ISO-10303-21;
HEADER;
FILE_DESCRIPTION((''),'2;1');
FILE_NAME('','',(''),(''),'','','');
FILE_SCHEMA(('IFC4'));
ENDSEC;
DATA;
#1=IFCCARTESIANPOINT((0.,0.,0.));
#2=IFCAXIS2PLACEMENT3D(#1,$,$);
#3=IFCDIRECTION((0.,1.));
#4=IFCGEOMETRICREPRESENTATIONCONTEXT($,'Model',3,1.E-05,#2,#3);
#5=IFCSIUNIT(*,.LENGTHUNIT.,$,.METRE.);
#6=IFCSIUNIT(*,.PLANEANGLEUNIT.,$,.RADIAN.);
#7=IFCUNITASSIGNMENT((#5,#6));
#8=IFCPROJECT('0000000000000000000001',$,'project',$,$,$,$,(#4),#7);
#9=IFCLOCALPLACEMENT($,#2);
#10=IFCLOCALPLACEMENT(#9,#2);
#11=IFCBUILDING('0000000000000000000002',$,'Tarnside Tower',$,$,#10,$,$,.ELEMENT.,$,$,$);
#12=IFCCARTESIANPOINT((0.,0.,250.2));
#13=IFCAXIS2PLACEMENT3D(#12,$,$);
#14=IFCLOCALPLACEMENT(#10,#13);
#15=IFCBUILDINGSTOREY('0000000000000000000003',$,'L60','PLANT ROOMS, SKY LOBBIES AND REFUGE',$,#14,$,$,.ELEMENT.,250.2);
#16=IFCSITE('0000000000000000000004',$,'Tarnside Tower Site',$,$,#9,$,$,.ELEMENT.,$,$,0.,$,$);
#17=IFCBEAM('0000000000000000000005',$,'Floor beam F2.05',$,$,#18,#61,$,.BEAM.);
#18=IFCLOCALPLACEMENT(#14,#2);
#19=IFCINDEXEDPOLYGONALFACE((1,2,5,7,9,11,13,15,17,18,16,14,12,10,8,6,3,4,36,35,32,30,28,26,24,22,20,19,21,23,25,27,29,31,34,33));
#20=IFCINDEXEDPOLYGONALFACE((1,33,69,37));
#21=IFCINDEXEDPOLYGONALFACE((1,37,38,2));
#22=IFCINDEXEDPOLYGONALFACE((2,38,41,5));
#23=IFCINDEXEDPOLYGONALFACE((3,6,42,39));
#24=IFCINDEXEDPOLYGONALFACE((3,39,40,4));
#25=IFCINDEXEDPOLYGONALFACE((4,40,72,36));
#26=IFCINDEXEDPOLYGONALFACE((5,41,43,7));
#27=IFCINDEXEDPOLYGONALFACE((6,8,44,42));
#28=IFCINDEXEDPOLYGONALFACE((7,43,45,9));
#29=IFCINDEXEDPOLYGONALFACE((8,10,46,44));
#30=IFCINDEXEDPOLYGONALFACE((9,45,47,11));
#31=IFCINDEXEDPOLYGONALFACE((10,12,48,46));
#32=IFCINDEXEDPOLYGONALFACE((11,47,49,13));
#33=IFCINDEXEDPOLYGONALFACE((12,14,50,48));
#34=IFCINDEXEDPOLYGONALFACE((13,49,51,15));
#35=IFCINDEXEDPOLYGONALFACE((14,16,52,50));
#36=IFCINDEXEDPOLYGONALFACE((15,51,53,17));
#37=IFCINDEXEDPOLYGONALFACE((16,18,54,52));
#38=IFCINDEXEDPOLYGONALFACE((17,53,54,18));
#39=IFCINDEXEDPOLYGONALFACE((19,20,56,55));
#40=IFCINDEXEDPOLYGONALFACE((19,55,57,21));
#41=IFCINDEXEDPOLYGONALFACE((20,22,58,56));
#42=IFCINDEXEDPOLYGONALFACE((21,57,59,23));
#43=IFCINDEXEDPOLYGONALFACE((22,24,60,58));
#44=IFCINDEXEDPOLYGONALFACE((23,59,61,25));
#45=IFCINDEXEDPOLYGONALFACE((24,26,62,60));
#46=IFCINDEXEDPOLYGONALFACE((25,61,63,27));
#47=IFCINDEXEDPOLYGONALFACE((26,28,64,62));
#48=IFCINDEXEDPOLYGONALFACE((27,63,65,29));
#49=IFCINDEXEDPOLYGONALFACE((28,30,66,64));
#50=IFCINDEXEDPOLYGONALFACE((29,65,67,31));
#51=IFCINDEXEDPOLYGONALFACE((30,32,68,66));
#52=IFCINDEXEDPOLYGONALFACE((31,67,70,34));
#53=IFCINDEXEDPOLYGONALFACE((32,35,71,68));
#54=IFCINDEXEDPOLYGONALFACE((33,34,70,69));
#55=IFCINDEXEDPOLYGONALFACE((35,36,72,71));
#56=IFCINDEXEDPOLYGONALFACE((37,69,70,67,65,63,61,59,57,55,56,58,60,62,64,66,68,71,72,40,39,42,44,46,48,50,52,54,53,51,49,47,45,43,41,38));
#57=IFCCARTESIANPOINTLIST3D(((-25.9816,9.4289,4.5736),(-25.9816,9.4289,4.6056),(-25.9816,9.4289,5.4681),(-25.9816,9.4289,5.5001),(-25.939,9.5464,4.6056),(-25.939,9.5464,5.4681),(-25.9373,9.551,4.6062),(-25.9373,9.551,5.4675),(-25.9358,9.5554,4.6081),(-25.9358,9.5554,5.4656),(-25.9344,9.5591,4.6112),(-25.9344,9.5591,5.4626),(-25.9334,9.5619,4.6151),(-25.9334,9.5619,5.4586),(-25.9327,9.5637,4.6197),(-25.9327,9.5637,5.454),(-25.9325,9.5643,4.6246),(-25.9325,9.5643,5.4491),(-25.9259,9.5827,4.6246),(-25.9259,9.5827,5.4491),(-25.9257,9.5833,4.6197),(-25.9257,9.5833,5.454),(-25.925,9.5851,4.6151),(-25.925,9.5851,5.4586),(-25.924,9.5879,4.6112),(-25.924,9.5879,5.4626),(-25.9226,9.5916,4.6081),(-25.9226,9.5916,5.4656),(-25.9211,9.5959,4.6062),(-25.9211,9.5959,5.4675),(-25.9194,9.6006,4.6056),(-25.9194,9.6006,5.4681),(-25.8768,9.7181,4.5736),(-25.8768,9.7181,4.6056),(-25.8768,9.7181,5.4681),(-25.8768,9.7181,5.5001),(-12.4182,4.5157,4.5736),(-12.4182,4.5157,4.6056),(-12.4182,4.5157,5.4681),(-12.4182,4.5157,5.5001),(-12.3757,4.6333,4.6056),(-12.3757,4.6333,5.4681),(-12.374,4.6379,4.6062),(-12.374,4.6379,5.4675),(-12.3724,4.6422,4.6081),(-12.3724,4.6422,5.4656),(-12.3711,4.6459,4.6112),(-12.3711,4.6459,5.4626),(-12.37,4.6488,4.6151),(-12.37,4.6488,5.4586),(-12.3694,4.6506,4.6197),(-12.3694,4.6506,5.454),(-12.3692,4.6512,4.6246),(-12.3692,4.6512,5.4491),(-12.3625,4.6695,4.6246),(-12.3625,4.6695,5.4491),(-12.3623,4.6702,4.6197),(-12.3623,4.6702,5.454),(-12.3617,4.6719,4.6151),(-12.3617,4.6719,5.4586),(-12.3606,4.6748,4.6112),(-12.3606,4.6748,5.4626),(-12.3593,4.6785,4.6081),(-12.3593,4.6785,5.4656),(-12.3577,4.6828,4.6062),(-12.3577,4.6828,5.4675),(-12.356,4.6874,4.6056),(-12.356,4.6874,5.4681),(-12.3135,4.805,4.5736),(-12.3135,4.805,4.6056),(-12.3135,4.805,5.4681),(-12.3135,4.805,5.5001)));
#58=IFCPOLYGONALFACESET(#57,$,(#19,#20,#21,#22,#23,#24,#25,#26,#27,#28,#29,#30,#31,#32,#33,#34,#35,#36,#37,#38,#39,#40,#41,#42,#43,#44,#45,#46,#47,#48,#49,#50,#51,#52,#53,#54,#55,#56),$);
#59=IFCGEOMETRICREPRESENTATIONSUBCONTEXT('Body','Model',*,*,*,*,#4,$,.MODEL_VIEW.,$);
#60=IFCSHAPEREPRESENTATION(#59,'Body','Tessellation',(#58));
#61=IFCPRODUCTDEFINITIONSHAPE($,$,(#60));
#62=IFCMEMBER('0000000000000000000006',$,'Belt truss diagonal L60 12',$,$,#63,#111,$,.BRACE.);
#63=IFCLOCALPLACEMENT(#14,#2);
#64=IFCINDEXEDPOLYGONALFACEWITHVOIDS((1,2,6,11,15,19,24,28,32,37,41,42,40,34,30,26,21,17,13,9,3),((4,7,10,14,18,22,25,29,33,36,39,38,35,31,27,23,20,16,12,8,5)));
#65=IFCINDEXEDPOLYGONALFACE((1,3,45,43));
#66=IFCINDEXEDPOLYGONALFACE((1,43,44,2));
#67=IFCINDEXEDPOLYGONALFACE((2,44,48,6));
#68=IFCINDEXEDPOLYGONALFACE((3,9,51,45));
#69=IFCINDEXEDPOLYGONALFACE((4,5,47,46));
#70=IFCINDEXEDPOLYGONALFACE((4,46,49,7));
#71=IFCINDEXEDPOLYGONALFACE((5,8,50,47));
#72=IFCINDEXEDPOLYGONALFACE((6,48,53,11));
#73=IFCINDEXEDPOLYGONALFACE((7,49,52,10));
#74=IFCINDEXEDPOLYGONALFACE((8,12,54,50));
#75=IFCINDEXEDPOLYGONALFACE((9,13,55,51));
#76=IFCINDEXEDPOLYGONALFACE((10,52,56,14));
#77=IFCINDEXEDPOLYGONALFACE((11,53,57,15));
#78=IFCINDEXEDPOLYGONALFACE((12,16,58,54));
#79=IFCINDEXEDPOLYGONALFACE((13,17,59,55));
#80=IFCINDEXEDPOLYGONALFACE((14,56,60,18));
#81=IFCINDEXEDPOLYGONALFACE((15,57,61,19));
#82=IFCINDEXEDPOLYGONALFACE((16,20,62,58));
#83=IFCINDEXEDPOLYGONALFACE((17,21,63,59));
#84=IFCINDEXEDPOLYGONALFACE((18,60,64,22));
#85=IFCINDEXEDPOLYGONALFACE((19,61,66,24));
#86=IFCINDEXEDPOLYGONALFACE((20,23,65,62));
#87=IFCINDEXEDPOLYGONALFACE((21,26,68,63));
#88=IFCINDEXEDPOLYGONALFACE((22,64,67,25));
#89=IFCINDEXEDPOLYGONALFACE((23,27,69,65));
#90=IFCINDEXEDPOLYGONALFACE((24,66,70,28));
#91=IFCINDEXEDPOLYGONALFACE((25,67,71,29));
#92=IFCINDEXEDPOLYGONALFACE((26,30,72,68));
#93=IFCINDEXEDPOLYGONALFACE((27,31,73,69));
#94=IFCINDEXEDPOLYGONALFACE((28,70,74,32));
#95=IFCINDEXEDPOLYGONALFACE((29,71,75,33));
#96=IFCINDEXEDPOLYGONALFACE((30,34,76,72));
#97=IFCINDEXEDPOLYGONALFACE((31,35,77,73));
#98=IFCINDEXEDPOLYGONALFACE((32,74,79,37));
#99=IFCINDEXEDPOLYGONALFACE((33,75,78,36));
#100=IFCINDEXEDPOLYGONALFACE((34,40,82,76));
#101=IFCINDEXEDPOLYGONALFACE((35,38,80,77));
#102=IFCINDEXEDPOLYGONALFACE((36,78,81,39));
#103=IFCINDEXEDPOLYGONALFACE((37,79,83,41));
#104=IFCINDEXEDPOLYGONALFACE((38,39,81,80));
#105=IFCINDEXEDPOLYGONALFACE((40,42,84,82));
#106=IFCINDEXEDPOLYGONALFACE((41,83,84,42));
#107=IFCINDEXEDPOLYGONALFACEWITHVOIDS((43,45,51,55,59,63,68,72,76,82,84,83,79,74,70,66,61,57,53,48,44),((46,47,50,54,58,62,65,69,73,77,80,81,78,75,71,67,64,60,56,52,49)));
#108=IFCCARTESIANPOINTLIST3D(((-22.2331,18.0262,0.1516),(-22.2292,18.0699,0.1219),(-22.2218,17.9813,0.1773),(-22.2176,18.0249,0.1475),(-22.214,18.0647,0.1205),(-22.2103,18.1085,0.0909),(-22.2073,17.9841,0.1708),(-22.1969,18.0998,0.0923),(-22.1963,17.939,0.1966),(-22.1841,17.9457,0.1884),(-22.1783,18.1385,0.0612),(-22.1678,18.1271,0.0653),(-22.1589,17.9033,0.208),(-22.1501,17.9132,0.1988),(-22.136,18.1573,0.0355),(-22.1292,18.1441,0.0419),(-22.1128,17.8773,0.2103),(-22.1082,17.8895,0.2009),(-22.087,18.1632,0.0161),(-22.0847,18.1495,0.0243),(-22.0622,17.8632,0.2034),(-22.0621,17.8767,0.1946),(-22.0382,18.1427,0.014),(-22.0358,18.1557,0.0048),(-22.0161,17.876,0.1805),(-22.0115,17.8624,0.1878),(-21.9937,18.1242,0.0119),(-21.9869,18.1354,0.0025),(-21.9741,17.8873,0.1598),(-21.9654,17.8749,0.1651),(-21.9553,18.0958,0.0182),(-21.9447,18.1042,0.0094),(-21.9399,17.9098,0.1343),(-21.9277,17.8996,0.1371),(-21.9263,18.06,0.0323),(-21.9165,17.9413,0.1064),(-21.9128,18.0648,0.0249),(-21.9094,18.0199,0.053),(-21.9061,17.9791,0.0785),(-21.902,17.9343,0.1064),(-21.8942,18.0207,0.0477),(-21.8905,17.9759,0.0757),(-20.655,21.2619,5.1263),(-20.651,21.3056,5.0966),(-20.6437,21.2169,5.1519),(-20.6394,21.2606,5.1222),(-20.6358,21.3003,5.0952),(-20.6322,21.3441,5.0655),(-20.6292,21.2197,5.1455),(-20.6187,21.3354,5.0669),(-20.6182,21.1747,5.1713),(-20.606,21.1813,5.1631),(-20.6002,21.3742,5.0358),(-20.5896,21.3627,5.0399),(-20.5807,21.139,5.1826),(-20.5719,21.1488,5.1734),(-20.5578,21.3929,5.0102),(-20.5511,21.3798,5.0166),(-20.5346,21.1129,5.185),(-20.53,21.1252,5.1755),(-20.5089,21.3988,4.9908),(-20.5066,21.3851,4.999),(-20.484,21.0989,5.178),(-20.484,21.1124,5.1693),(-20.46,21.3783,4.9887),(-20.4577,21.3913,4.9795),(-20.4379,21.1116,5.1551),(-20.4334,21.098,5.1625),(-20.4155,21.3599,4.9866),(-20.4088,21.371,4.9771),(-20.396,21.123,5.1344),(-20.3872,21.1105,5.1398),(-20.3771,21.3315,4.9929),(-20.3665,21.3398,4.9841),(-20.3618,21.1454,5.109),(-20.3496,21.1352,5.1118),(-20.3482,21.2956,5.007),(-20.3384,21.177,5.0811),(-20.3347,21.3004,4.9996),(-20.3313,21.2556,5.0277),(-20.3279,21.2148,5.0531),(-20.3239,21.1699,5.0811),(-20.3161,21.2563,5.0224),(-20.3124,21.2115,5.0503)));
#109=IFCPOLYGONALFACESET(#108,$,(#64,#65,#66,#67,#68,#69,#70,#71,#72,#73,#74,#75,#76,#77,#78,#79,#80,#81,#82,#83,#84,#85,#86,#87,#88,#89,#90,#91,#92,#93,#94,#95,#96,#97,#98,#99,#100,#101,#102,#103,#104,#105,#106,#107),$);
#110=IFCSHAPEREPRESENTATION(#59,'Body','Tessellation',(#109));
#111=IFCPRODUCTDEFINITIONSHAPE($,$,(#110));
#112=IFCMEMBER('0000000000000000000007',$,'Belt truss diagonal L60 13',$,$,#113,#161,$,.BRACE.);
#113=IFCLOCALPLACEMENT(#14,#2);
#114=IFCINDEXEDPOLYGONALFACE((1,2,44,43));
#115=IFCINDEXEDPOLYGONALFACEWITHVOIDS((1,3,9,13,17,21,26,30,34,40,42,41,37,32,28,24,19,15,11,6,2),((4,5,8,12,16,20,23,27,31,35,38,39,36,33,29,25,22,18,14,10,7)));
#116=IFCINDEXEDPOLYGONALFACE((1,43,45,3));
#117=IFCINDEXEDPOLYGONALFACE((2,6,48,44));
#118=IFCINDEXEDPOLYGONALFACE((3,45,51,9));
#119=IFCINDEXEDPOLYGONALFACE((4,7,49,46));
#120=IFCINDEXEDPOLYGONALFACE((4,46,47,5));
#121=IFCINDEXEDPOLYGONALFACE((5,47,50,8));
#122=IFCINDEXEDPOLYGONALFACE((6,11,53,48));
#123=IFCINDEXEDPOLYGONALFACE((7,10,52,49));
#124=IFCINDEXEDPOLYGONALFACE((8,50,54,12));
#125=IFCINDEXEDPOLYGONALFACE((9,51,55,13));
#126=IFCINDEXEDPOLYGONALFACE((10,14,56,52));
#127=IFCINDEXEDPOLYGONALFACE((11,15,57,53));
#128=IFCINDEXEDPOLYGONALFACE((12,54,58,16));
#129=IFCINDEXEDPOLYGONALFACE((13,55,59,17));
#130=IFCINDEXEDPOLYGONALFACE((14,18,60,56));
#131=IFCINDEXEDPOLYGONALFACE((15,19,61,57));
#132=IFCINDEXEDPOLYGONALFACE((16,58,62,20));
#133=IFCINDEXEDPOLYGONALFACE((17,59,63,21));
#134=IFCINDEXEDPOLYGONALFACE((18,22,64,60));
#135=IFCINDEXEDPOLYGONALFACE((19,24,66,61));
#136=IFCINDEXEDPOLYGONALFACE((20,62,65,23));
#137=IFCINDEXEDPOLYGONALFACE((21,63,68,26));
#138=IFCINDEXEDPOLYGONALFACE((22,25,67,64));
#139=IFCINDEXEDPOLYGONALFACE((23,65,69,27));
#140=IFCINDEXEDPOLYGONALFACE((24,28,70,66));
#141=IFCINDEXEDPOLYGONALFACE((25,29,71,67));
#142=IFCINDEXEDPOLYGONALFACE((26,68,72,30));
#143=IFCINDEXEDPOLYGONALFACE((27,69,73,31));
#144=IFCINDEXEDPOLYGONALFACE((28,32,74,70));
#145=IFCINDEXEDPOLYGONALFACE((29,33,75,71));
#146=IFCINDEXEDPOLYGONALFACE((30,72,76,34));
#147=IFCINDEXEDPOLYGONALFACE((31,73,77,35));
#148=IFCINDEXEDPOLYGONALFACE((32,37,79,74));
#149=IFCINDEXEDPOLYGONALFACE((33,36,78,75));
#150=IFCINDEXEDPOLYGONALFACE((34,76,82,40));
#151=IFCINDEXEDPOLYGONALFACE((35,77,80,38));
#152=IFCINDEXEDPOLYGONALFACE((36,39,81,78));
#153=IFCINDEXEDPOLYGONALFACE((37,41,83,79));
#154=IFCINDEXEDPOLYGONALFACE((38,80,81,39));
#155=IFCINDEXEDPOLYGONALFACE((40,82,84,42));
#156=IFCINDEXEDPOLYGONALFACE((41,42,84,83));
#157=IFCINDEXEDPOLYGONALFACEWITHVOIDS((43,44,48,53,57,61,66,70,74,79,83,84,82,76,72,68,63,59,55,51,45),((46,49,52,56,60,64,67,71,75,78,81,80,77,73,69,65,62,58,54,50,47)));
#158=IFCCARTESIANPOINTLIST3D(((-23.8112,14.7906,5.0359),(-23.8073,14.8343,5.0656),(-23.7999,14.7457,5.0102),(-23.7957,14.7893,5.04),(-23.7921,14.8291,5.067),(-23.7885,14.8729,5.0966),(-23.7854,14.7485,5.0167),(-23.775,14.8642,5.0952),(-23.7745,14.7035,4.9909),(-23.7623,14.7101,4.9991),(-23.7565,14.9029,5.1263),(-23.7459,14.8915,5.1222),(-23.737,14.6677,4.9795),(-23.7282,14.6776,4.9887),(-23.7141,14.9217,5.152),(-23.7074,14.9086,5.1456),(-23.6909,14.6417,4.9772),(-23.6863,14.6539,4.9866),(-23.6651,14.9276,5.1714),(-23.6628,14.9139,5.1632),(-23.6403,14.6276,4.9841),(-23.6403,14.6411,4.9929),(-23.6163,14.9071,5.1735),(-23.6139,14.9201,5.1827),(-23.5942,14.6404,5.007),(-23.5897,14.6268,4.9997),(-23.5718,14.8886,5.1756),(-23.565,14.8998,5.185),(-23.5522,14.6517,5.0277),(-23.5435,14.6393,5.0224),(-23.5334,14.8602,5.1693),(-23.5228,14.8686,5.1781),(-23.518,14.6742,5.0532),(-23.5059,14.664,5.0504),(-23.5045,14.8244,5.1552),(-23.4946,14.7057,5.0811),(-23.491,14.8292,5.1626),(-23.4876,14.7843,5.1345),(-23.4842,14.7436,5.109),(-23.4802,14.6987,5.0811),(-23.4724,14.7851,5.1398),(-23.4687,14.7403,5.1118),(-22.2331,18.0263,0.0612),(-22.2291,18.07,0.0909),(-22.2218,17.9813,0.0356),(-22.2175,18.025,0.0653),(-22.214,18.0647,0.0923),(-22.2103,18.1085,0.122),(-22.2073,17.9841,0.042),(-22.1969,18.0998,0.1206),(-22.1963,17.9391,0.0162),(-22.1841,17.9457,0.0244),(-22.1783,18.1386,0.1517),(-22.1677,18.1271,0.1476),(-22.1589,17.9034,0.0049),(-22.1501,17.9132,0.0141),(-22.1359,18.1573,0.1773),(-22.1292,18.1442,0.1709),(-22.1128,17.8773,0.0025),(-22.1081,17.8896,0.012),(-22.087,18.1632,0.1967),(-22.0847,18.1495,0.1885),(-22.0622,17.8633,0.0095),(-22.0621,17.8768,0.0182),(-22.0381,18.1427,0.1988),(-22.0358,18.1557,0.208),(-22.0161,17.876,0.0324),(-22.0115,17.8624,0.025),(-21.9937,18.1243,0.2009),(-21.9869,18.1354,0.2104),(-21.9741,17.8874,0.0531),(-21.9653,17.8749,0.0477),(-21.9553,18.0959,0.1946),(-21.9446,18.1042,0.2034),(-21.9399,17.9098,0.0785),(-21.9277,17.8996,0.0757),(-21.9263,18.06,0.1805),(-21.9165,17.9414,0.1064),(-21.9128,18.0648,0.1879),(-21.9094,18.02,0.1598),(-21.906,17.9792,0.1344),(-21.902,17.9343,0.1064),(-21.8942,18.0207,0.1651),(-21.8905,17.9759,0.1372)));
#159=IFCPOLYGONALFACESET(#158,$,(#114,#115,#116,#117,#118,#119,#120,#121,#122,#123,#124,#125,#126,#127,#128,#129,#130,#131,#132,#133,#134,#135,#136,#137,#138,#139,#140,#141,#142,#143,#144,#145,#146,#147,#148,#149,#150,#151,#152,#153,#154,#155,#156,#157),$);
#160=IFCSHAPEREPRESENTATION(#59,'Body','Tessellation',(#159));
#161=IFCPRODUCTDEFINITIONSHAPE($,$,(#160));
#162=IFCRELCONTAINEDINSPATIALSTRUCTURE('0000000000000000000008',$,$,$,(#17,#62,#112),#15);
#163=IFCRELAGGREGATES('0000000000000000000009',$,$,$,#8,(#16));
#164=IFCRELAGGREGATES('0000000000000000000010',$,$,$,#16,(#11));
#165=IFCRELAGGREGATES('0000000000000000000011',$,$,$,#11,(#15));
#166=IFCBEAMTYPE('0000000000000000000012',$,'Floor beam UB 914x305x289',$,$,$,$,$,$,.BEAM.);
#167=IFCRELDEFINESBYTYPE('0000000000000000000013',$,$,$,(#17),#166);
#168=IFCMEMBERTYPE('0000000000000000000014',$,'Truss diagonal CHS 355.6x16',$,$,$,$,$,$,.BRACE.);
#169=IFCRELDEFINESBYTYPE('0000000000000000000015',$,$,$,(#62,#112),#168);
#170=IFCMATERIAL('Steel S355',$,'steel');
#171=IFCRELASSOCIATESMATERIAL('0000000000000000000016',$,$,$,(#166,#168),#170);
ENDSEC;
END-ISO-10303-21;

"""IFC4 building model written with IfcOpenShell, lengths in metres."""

from ifc_helpers import new_model, si_unit, direction, frame, origin, origin_2d, place, context, subcontext, project, spatial, hollow_circle, i_section, extrude, material, material_profile, profile_set, type_object, element, save


model = new_model("IFC4")

# Units and contexts
model_context = context("Model", 3, precision=1e-05, world=origin(), true_north=direction((0.0, 1.0)))
body_context = subcontext(model_context, "Body", "Model", "MODEL_VIEW")
ifc_project = project(units=[si_unit("LENGTHUNIT", "METRE"), si_unit("PLANEANGLEUNIT", "RADIAN")], contexts=[model_context])

# Site, building, storey
site_placement = place(None, origin())
site = spatial("IfcSite", under=ifc_project, at=site_placement, Name="Tarnside Tower Site", CompositionType="ELEMENT", RefElevation=0.0)
building_placement = place(site_placement, origin())
building = spatial("IfcBuilding", under=site, at=building_placement, Name="Tarnside Tower", CompositionType="ELEMENT")
storey_placement = place(building_placement, frame((0.0, 0.0, 250.2)))
storey = spatial("IfcBuildingStorey", under=building, at=storey_placement, Name="L60", Description="PLANT ROOMS, SKY LOBBIES AND REFUGE", CompositionType="ELEMENT", Elevation=250.2)

# Beam
ifc_material_1 = material(Name="Steel S355", Category="steel")
ifc_material_profile_1 = material_profile(ifc_material_1, i_section(OverallWidth=0.3076, OverallDepth=0.9265, WebThickness=0.0195, FlangeThickness=0.032, FilletRadius=0.019, at=origin_2d()), Name="UB 914x305x289")
ifc_profile_set_1 = profile_set([ifc_material_profile_1], Name="Steel S355")
beam_type = type_object("IfcBeamType", Name="Floor beam UB 914x305x289", PredefinedType="BEAM", material=ifc_profile_set_1)
beam_1_placement = place(storey_placement, frame((-25.9292, 9.5735, 5.0369), z_axis=(0.940216, -0.34058, 0.0), x_axis=(0.34058, 0.940216, 0.0)))
element("IfcBeam", 1, at=beam_1_placement, inside=storey, type_object=beam_type, Name="Floor beam F2.05", PredefinedType="BEAM", context=body_context, shape_type="SweptSolid", body=[
    extrude(i_section(OverallWidth=0.3076, OverallDepth=0.9265, WebThickness=0.0195, FlangeThickness=0.032, FilletRadius=0.019, at=origin_2d()), origin(), (0.0, 0.0, 1.0), 14.4258),
])

# Members
ifc_material_profile_2 = material_profile(ifc_material_1, hollow_circle(Radius=0.1777, WallThickness=0.0161, at=origin_2d()), Name="CHS 355.6x16")
ifc_profile_set_2 = profile_set([ifc_material_profile_2], Name="Steel S355")
member_type_1 = type_object("IfcMemberType", Name="Truss diagonal CHS 355.6x16", PredefinedType="BRACE", material=ifc_profile_set_2)
for number, where, z_axis, x_axis, name in (
    (2, (-20.4836, 21.2478, 5.0811), (-0.257001, -0.526923, -0.810125), (0.898792, -0.438376, 0.0), "Belt truss diagonal L60 12"),
    (3, (-22.0618, 18.0122, 0.1064), (-0.257001, -0.526923, 0.810125), (0.898792, -0.438376, 0.0), "Belt truss diagonal L60 13"),
):
    element("IfcMember", number, at=place(storey_placement, frame(where, z_axis=z_axis, x_axis=x_axis)), inside=storey, type_object=member_type_1, Name=name, PredefinedType="BRACE", context=body_context, shape_type="SweptSolid", body=[
        extrude(hollow_circle(Radius=0.1777, WallThickness=0.0161, at=origin_2d()), origin(), (0.0, 0.0, 1.0), 6.1406),
    ])

save(model, "model.ifc")
